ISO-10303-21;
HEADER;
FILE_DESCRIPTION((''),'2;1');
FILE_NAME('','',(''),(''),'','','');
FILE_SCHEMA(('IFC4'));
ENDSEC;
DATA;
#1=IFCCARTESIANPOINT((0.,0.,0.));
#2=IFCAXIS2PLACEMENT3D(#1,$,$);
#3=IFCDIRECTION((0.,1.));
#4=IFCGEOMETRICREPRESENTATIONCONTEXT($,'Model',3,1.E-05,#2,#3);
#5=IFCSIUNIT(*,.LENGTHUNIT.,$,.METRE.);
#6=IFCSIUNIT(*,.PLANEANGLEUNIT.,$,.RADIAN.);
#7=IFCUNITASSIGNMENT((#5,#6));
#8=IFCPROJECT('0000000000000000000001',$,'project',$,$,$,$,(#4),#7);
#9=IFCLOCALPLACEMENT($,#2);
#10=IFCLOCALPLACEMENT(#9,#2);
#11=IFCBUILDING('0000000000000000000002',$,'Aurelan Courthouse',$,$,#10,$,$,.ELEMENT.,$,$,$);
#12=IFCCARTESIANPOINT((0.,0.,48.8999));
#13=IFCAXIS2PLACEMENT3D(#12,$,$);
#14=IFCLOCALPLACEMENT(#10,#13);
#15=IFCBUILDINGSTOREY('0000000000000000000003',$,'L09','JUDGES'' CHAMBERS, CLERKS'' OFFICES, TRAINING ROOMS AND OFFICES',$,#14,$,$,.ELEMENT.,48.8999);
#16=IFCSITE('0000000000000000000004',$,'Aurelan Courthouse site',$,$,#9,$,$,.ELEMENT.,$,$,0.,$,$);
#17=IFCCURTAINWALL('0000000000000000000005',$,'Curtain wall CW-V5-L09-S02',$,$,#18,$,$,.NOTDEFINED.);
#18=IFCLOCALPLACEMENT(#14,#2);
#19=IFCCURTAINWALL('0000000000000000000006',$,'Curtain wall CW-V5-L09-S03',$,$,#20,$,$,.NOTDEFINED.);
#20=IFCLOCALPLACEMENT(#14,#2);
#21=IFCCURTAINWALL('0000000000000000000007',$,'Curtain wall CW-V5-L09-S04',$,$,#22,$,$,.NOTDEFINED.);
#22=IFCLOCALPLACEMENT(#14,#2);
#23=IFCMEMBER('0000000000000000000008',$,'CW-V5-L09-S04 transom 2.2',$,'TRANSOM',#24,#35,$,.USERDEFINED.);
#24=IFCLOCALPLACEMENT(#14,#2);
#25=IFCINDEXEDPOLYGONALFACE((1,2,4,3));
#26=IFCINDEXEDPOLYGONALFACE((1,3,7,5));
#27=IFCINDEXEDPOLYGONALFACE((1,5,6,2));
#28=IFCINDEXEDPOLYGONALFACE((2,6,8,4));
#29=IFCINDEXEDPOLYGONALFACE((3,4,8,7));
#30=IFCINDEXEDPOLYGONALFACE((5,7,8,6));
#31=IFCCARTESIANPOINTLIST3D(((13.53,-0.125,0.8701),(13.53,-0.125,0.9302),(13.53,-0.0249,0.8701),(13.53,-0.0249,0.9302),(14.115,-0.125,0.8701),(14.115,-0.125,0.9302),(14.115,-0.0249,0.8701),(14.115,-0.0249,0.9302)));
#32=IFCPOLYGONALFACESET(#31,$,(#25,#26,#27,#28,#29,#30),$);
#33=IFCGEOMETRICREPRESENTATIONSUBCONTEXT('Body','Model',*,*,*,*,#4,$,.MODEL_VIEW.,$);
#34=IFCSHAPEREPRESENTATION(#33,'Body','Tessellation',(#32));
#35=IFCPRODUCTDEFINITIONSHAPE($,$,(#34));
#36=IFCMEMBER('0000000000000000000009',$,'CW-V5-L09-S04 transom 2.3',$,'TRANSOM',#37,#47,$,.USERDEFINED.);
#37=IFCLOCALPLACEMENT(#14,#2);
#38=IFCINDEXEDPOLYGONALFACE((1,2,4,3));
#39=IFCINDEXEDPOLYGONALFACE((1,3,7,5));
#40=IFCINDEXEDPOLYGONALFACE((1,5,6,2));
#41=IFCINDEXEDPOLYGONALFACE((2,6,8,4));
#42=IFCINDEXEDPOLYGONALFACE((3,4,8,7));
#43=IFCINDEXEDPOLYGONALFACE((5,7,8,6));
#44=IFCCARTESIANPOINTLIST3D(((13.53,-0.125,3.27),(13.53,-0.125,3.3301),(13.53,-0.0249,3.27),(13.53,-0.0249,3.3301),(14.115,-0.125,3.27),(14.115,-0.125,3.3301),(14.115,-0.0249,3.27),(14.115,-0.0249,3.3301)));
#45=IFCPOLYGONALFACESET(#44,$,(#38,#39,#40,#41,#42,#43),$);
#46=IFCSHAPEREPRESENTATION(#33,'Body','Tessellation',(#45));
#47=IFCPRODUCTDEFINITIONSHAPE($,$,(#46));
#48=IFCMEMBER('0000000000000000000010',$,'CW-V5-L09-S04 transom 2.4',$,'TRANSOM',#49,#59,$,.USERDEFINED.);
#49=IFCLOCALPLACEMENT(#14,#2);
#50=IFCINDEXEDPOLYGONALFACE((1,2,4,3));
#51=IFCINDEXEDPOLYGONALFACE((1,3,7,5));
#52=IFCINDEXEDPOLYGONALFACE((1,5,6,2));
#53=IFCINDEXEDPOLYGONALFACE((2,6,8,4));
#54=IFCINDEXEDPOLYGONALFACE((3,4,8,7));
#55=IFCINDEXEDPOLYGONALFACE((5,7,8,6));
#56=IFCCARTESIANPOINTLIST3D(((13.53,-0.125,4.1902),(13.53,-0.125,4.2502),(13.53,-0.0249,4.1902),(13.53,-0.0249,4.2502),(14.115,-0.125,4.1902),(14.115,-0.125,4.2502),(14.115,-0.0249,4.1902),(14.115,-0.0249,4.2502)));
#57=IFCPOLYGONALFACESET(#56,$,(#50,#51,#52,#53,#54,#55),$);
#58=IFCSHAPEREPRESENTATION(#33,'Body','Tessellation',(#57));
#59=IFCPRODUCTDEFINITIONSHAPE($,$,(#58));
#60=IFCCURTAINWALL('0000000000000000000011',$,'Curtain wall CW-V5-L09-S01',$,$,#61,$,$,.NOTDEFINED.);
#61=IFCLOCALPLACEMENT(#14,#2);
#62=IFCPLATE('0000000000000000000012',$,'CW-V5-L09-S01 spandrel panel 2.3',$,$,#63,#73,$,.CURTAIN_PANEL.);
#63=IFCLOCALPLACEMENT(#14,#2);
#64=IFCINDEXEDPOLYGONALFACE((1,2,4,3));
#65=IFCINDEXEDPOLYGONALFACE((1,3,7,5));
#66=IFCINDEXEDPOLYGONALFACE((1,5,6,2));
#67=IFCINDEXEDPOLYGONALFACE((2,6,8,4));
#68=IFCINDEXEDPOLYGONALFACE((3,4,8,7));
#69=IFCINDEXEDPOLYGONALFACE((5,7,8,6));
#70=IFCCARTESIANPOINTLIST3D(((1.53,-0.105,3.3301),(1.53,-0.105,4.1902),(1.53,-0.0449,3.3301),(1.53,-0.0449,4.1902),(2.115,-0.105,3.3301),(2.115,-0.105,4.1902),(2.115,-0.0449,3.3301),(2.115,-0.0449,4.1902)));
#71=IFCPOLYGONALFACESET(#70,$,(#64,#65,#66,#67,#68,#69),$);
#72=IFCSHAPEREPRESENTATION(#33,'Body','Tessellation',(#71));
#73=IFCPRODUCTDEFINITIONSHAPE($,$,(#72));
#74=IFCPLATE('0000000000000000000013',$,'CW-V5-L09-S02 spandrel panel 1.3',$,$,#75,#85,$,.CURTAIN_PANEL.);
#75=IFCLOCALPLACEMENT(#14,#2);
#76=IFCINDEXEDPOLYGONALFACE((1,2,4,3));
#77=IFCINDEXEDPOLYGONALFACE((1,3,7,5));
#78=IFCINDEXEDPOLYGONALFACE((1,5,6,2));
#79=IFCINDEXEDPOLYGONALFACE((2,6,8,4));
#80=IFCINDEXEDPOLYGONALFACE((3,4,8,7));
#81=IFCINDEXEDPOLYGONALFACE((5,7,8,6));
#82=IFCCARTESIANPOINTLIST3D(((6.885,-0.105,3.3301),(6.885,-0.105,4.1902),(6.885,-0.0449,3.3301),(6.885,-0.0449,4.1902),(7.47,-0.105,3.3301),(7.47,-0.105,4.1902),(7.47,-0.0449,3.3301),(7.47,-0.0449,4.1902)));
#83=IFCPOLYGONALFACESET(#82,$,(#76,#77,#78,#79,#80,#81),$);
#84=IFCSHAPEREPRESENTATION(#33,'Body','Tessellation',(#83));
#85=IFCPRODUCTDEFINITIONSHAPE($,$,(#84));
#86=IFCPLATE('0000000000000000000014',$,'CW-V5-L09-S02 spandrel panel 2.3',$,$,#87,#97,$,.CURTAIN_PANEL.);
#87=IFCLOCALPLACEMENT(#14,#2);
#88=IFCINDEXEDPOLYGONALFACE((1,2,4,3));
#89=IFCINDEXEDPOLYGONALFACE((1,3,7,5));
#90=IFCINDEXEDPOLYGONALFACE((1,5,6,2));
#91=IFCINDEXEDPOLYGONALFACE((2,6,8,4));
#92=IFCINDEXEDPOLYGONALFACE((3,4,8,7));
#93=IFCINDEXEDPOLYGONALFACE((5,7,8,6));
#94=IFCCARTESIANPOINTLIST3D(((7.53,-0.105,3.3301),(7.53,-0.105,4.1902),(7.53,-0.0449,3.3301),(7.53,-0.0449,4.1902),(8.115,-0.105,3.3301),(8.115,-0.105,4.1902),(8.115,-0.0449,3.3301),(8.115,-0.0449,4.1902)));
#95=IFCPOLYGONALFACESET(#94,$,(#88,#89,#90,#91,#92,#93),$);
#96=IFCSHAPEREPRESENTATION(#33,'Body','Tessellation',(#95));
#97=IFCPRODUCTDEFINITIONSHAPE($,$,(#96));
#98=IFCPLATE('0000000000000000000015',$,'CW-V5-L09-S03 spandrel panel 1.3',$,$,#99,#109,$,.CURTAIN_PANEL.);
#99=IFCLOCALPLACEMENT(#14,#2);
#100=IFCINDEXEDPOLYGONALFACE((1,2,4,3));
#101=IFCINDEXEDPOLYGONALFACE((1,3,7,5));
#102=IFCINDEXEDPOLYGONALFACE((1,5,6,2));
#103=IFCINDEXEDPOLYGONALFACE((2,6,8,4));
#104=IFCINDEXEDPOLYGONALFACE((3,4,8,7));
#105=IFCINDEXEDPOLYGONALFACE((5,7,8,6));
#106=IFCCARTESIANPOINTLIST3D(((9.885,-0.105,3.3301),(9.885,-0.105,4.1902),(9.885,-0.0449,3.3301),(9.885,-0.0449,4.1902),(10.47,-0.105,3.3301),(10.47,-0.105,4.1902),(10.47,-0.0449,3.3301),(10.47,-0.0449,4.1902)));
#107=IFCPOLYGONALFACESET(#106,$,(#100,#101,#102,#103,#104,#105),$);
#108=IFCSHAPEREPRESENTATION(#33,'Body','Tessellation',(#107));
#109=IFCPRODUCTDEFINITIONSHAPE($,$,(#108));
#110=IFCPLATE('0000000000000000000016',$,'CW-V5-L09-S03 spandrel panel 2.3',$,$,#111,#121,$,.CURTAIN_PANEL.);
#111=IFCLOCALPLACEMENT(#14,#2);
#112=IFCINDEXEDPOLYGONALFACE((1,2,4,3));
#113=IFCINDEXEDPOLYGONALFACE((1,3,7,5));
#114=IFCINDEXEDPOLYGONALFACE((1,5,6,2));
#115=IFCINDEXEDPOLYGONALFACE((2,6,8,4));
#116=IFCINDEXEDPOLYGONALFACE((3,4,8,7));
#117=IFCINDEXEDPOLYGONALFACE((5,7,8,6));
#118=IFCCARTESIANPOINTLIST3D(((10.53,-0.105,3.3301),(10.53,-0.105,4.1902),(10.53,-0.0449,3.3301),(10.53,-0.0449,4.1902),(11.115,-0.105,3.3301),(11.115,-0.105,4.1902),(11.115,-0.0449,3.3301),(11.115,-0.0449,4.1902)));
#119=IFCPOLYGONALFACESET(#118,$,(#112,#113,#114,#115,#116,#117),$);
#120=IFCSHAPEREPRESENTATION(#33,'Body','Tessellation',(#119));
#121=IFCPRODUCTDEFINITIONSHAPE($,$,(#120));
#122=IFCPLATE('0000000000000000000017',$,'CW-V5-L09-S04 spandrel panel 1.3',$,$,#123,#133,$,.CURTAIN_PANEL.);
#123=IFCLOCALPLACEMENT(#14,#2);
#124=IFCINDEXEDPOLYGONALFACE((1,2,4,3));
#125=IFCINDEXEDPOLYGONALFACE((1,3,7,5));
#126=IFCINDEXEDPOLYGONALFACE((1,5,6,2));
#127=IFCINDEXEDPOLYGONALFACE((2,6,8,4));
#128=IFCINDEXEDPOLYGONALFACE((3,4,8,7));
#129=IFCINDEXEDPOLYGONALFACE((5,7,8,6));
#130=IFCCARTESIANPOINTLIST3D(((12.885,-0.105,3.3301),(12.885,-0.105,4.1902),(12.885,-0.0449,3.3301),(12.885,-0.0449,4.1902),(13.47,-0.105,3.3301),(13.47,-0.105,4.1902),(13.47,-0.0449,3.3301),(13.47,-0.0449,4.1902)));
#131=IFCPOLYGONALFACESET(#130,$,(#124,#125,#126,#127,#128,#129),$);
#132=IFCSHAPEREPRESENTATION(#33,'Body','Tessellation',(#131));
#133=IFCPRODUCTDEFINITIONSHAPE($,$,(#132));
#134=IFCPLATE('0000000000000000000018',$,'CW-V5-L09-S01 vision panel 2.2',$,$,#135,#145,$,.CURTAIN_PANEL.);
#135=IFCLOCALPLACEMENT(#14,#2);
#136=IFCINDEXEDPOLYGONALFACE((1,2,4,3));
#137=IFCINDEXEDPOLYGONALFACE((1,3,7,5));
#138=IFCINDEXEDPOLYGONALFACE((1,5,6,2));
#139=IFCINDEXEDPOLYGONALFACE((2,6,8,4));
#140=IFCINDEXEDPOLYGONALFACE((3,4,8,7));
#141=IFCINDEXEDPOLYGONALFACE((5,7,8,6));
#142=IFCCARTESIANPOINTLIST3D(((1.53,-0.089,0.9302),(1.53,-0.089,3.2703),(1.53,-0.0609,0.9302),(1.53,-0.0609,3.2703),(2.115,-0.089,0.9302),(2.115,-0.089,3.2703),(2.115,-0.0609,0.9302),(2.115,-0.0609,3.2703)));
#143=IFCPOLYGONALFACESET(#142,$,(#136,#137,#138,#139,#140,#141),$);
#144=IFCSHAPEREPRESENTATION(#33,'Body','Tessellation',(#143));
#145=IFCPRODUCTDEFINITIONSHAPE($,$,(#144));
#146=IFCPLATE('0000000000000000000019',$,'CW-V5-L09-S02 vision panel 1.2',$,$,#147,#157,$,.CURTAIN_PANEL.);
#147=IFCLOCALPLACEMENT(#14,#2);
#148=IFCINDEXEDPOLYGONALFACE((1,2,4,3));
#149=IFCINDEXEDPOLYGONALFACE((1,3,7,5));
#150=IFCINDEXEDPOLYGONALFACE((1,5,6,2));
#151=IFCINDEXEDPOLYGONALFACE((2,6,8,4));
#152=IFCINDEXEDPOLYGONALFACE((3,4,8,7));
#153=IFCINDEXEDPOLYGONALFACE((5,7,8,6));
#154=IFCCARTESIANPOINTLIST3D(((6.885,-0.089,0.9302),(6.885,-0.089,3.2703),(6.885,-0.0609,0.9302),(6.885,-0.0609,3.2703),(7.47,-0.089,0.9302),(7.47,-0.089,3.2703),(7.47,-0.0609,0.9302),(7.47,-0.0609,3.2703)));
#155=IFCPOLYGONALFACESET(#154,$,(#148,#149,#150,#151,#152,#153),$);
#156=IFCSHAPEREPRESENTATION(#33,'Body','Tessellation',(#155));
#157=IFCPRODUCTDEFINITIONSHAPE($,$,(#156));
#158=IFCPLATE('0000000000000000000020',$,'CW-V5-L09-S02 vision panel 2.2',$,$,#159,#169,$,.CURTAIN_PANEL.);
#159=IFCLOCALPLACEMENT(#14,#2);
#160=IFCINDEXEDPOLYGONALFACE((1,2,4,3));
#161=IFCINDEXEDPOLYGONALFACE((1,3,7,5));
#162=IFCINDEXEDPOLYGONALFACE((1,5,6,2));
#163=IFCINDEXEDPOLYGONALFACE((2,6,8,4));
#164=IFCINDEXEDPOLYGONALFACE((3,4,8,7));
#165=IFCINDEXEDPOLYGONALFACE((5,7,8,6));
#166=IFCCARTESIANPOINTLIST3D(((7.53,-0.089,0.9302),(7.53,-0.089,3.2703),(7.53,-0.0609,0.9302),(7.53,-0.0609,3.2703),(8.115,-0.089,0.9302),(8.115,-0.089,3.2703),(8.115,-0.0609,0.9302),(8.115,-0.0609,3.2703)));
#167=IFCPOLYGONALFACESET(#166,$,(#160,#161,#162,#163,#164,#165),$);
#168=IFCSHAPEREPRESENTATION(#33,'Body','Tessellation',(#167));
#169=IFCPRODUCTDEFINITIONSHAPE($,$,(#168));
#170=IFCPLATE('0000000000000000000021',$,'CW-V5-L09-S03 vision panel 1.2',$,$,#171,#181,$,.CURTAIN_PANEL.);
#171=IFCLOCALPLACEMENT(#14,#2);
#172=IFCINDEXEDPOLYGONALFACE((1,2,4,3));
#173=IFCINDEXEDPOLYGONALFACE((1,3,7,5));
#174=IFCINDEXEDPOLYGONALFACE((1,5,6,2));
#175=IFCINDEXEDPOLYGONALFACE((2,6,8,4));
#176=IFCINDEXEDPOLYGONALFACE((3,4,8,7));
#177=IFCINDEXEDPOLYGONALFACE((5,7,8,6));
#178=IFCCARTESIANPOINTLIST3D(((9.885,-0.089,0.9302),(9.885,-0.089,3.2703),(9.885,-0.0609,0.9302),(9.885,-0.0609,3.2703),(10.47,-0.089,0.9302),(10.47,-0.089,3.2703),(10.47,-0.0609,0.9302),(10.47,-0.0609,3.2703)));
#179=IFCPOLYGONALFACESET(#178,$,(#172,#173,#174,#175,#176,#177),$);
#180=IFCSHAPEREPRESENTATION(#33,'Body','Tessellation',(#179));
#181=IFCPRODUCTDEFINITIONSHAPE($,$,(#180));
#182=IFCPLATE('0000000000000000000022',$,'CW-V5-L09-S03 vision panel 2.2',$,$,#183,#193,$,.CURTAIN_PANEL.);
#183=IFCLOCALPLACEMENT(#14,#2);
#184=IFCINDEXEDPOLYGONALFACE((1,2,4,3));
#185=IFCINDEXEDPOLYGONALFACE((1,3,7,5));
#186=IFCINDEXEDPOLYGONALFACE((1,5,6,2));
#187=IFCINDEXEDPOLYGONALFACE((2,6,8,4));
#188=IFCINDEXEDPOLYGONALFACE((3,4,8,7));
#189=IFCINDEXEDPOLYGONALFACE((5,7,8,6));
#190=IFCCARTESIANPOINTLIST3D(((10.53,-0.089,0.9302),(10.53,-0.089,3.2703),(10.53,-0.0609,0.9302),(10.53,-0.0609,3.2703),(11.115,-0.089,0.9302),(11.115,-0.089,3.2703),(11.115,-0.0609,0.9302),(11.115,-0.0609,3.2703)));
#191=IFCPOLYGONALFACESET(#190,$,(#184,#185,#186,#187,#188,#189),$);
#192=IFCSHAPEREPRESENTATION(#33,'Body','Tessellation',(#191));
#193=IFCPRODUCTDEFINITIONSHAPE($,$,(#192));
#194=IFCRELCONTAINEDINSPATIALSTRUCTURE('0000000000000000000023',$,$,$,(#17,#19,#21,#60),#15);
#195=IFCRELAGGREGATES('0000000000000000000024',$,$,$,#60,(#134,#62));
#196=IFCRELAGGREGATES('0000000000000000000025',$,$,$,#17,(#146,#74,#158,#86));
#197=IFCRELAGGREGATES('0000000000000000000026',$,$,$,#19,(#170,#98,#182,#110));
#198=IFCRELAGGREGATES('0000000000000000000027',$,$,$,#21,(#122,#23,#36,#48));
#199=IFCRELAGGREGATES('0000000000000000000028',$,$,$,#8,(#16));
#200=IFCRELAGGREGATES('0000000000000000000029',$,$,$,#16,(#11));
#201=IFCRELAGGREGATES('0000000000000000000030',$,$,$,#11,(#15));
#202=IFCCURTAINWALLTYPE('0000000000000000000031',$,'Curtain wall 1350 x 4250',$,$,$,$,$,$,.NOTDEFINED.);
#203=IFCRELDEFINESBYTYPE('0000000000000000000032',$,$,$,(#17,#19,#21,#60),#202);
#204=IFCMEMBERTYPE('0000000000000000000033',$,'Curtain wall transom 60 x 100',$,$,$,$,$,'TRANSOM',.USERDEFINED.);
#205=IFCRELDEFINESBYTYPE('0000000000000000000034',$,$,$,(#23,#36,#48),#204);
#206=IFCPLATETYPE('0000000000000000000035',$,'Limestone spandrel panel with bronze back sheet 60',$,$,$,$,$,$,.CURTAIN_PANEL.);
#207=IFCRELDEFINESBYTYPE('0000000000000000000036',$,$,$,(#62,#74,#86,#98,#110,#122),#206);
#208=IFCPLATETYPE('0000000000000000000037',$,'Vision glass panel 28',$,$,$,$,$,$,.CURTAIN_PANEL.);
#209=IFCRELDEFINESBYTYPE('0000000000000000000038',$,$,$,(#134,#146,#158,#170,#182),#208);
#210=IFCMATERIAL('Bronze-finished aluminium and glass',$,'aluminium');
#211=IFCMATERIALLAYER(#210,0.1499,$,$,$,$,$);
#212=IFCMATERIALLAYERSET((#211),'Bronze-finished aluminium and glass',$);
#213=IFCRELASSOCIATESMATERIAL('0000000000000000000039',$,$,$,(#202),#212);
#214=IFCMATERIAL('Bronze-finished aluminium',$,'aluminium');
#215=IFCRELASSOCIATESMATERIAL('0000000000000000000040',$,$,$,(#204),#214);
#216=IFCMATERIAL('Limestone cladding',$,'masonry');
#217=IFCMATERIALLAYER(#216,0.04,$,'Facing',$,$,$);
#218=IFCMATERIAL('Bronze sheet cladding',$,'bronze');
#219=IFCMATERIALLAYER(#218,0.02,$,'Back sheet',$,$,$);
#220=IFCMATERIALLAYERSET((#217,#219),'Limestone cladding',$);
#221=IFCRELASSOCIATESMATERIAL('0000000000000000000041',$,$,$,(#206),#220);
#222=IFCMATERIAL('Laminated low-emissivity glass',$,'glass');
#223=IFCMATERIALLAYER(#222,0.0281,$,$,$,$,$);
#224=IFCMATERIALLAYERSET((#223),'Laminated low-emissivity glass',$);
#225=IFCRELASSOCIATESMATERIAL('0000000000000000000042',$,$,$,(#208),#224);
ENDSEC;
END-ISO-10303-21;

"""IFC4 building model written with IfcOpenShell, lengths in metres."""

from ifc_helpers import new_model, si_unit, direction, frame, origin, origin_2d, place, context, subcontext, project, spatial, rectangle, extrude, material, layer, layer_set, material_profile, profile_set, type_object, element, aggregate, save


model = new_model("IFC4")

# Units and contexts
model_context = context("Model", 3, precision=1e-05, world=origin(), true_north=direction((0.0, 1.0)))
body_context = subcontext(model_context, "Body", "Model", "MODEL_VIEW")
ifc_project = project(units=[si_unit("LENGTHUNIT", "METRE"), si_unit("PLANEANGLEUNIT", "RADIAN")], contexts=[model_context])

# Site, building, storey
site_placement = place(None, origin())
site = spatial("IfcSite", under=ifc_project, at=site_placement, Name="Aurelan Courthouse site", CompositionType="ELEMENT", RefElevation=0.0)
building_placement = place(site_placement, origin())
building = spatial("IfcBuilding", under=site, at=building_placement, Name="Aurelan Courthouse", CompositionType="ELEMENT")
storey_placement = place(building_placement, frame((0.0, 0.0, 48.8999)))
storey = spatial("IfcBuildingStorey", under=building, at=storey_placement, Name="L09", Description="JUDGES' CHAMBERS, CLERKS' OFFICES, TRAINING ROOMS AND OFFICES", CompositionType="ELEMENT", Elevation=48.8999)

# Curtain walls, members
ifc_material_1 = material(Name="Bronze-finished aluminium and glass", Category="aluminium")
ifc_layer_1 = layer(ifc_material_1, 0.1499)
ifc_layer_set_1 = layer_set([ifc_layer_1], Name="Bronze-finished aluminium and glass")
curtain_wall_type = type_object("IfcCurtainWallType", Name="Curtain wall 1350 x 4250", PredefinedType="NOTDEFINED", material=ifc_layer_set_1)
curtain_wall_1_placement = place(storey_placement, origin())
curtain_wall_1 = element("IfcCurtainWall", 1, at=curtain_wall_1_placement, inside=storey, type_object=curtain_wall_type, Name="Curtain wall CW-V5-L09-S02", PredefinedType="NOTDEFINED")
ifc_material_2 = material(Name="Bronze-finished aluminium", Category="aluminium")
ifc_material_profile = material_profile(ifc_material_2, rectangle(XDim=0.1001, YDim=0.0601, at=origin_2d()), Name="Bronze transom 60 x 100")
ifc_profile_set = profile_set([ifc_material_profile], Name="Bronze-finished aluminium")
member_type = type_object("IfcMemberType", Name="Curtain wall transom 60 x 100", ElementType="TRANSOM", PredefinedType="USERDEFINED", material=ifc_profile_set)
curtain_wall_2_placement = place(storey_placement, origin())
curtain_wall_2 = element("IfcCurtainWall", 2, at=curtain_wall_2_placement, inside=storey, type_object=curtain_wall_type, Name="Curtain wall CW-V5-L09-S03", PredefinedType="NOTDEFINED")
curtain_wall_3_placement = place(storey_placement, origin())
curtain_wall_3 = element("IfcCurtainWall", 3, at=curtain_wall_3_placement, inside=storey, type_object=curtain_wall_type, Name="Curtain wall CW-V5-L09-S04", PredefinedType="NOTDEFINED")
member_1_placement = place(storey_placement, frame((13.53, -0.075, 0.9001), z_axis=(1.0, 0.0, 0.0), x_axis=(0.0, 1.0, 0.0)))
member_1 = element("IfcMember", 4, at=member_1_placement, type_object=member_type, Name="CW-V5-L09-S04 transom 2.2", ObjectType="TRANSOM", PredefinedType="USERDEFINED", context=body_context, shape_type="SweptSolid", body=[
    extrude(rectangle(XDim=0.1001, YDim=0.0601, at=origin_2d()), origin(), (0.0, 0.0, 1.0), 0.585),
])
member_2_placement = place(storey_placement, frame((13.53, -0.075, 3.3), z_axis=(1.0, 0.0, 0.0), x_axis=(0.0, 1.0, 0.0)))
member_2 = element("IfcMember", 5, at=member_2_placement, type_object=member_type, Name="CW-V5-L09-S04 transom 2.3", ObjectType="TRANSOM", PredefinedType="USERDEFINED", context=body_context, shape_type="SweptSolid", body=[
    extrude(rectangle(XDim=0.1001, YDim=0.0601, at=origin_2d()), origin(), (0.0, 0.0, 1.0), 0.585),
])
member_3_placement = place(storey_placement, frame((13.53, -0.075, 4.2202), z_axis=(1.0, 0.0, 0.0), x_axis=(0.0, 1.0, 0.0)))
member_3 = element("IfcMember", 6, at=member_3_placement, type_object=member_type, Name="CW-V5-L09-S04 transom 2.4", ObjectType="TRANSOM", PredefinedType="USERDEFINED", context=body_context, shape_type="SweptSolid", body=[
    extrude(rectangle(XDim=0.1001, YDim=0.0601, at=origin_2d()), origin(), (0.0, 0.0, 1.0), 0.585),
])

# Curtain wall, plate
curtain_wall_4_placement = place(storey_placement, origin())
curtain_wall_4 = element("IfcCurtainWall", 7, at=curtain_wall_4_placement, inside=storey, type_object=curtain_wall_type, Name="Curtain wall CW-V5-L09-S01", PredefinedType="NOTDEFINED")
ifc_material_3 = material(Name="Limestone cladding", Category="masonry")
ifc_layer_2 = layer(ifc_material_3, 0.04, Name="Facing")
ifc_material_4 = material(Name="Bronze sheet cladding", Category="bronze")
ifc_layer_3 = layer(ifc_material_4, 0.02, Name="Back sheet")
ifc_layer_set_2 = layer_set([ifc_layer_2, ifc_layer_3], Name="Limestone cladding")
plate_type_1 = type_object("IfcPlateType", Name="Limestone spandrel panel with bronze back sheet 60", PredefinedType="CURTAIN_PANEL", material=ifc_layer_set_2)
plate_1_placement = place(storey_placement, frame((1.8225, -0.075, 3.3301), z_axis=(0.0, 0.0, 1.0), x_axis=(1.0, 0.0, 0.0)))
plate_1 = element("IfcPlate", 8, at=plate_1_placement, type_object=plate_type_1, Name="CW-V5-L09-S01 spandrel panel 2.3", PredefinedType="CURTAIN_PANEL", context=body_context, shape_type="SweptSolid", body=[
    extrude(rectangle(XDim=0.585, YDim=0.0601, at=origin_2d()), origin(), (0.0, 0.0, 1.0), 0.8601),
])

# Plates
plate_2_placement = place(storey_placement, frame((7.1775, -0.075, 3.3301), z_axis=(0.0, 0.0, 1.0), x_axis=(1.0, 0.0, 0.0)))
plate_2 = element("IfcPlate", 9, at=plate_2_placement, type_object=plate_type_1, Name="CW-V5-L09-S02 spandrel panel 1.3", PredefinedType="CURTAIN_PANEL", context=body_context, shape_type="SweptSolid", body=[
    extrude(rectangle(XDim=0.585, YDim=0.0601, at=origin_2d()), origin(), (0.0, 0.0, 1.0), 0.8601),
])
plate_3_placement = place(storey_placement, frame((7.8225, -0.075, 3.3301), z_axis=(0.0, 0.0, 1.0), x_axis=(1.0, 0.0, 0.0)))
plate_3 = element("IfcPlate", 10, at=plate_3_placement, type_object=plate_type_1, Name="CW-V5-L09-S02 spandrel panel 2.3", PredefinedType="CURTAIN_PANEL", context=body_context, shape_type="SweptSolid", body=[
    extrude(rectangle(XDim=0.585, YDim=0.0601, at=origin_2d()), origin(), (0.0, 0.0, 1.0), 0.8601),
])
plate_4_placement = place(storey_placement, frame((10.1775, -0.075, 3.3301), z_axis=(0.0, 0.0, 1.0), x_axis=(1.0, 0.0, 0.0)))
plate_4 = element("IfcPlate", 11, at=plate_4_placement, type_object=plate_type_1, Name="CW-V5-L09-S03 spandrel panel 1.3", PredefinedType="CURTAIN_PANEL", context=body_context, shape_type="SweptSolid", body=[
    extrude(rectangle(XDim=0.585, YDim=0.0601, at=origin_2d()), origin(), (0.0, 0.0, 1.0), 0.8601),
])
plate_5_placement = place(storey_placement, frame((10.8225, -0.075, 3.3301), z_axis=(0.0, 0.0, 1.0), x_axis=(1.0, 0.0, 0.0)))
plate_5 = element("IfcPlate", 12, at=plate_5_placement, type_object=plate_type_1, Name="CW-V5-L09-S03 spandrel panel 2.3", PredefinedType="CURTAIN_PANEL", context=body_context, shape_type="SweptSolid", body=[
    extrude(rectangle(XDim=0.585, YDim=0.0601, at=origin_2d()), origin(), (0.0, 0.0, 1.0), 0.8601),
])
plate_6_placement = place(storey_placement, frame((13.1775, -0.075, 3.3301), z_axis=(0.0, 0.0, 1.0), x_axis=(1.0, 0.0, 0.0)))
plate_6 = element("IfcPlate", 13, at=plate_6_placement, type_object=plate_type_1, Name="CW-V5-L09-S04 spandrel panel 1.3", PredefinedType="CURTAIN_PANEL", context=body_context, shape_type="SweptSolid", body=[
    extrude(rectangle(XDim=0.585, YDim=0.0601, at=origin_2d()), origin(), (0.0, 0.0, 1.0), 0.8601),
])
ifc_material_5 = material(Name="Laminated low-emissivity glass", Category="glass")
ifc_layer_4 = layer(ifc_material_5, 0.0281)
ifc_layer_set_3 = layer_set([ifc_layer_4], Name="Laminated low-emissivity glass")
plate_type_2 = type_object("IfcPlateType", Name="Vision glass panel 28", PredefinedType="CURTAIN_PANEL", material=ifc_layer_set_3)
plate_7_placement = place(storey_placement, frame((1.8225, -0.075, 0.9302), z_axis=(0.0, 0.0, 1.0), x_axis=(1.0, 0.0, 0.0)))
plate_7 = element("IfcPlate", 14, at=plate_7_placement, type_object=plate_type_2, Name="CW-V5-L09-S01 vision panel 2.2", PredefinedType="CURTAIN_PANEL", context=body_context, shape_type="SweptSolid", body=[
    extrude(rectangle(XDim=0.585, YDim=0.0281, at=origin_2d()), origin(), (0.0, 0.0, 1.0), 2.3401),
])
aggregate(curtain_wall_4, [plate_7, plate_1])
plate_8_placement = place(storey_placement, frame((7.1775, -0.075, 0.9302), z_axis=(0.0, 0.0, 1.0), x_axis=(1.0, 0.0, 0.0)))
plate_8 = element("IfcPlate", 15, at=plate_8_placement, type_object=plate_type_2, Name="CW-V5-L09-S02 vision panel 1.2", PredefinedType="CURTAIN_PANEL", context=body_context, shape_type="SweptSolid", body=[
    extrude(rectangle(XDim=0.585, YDim=0.0281, at=origin_2d()), origin(), (0.0, 0.0, 1.0), 2.3401),
])
plate_9_placement = place(storey_placement, frame((7.8225, -0.075, 0.9302), z_axis=(0.0, 0.0, 1.0), x_axis=(1.0, 0.0, 0.0)))
plate_9 = element("IfcPlate", 16, at=plate_9_placement, type_object=plate_type_2, Name="CW-V5-L09-S02 vision panel 2.2", PredefinedType="CURTAIN_PANEL", context=body_context, shape_type="SweptSolid", body=[
    extrude(rectangle(XDim=0.585, YDim=0.0281, at=origin_2d()), origin(), (0.0, 0.0, 1.0), 2.3401),
])
aggregate(curtain_wall_1, [plate_8, plate_2, plate_9, plate_3])
plate_10_placement = place(storey_placement, frame((10.1775, -0.075, 0.9302), z_axis=(0.0, 0.0, 1.0), x_axis=(1.0, 0.0, 0.0)))
plate_10 = element("IfcPlate", 17, at=plate_10_placement, type_object=plate_type_2, Name="CW-V5-L09-S03 vision panel 1.2", PredefinedType="CURTAIN_PANEL", context=body_context, shape_type="SweptSolid", body=[
    extrude(rectangle(XDim=0.585, YDim=0.0281, at=origin_2d()), origin(), (0.0, 0.0, 1.0), 2.3401),
])
plate_11_placement = place(storey_placement, frame((10.8225, -0.075, 0.9302), z_axis=(0.0, 0.0, 1.0), x_axis=(1.0, 0.0, 0.0)))
plate_11 = element("IfcPlate", 18, at=plate_11_placement, type_object=plate_type_2, Name="CW-V5-L09-S03 vision panel 2.2", PredefinedType="CURTAIN_PANEL", context=body_context, shape_type="SweptSolid", body=[
    extrude(rectangle(XDim=0.585, YDim=0.0281, at=origin_2d()), origin(), (0.0, 0.0, 1.0), 2.3401),
])
aggregate(curtain_wall_2, [plate_10, plate_4, plate_11, plate_5])
aggregate(curtain_wall_3, [plate_6, member_1, member_2, member_3])

save(model, "model.ifc")
